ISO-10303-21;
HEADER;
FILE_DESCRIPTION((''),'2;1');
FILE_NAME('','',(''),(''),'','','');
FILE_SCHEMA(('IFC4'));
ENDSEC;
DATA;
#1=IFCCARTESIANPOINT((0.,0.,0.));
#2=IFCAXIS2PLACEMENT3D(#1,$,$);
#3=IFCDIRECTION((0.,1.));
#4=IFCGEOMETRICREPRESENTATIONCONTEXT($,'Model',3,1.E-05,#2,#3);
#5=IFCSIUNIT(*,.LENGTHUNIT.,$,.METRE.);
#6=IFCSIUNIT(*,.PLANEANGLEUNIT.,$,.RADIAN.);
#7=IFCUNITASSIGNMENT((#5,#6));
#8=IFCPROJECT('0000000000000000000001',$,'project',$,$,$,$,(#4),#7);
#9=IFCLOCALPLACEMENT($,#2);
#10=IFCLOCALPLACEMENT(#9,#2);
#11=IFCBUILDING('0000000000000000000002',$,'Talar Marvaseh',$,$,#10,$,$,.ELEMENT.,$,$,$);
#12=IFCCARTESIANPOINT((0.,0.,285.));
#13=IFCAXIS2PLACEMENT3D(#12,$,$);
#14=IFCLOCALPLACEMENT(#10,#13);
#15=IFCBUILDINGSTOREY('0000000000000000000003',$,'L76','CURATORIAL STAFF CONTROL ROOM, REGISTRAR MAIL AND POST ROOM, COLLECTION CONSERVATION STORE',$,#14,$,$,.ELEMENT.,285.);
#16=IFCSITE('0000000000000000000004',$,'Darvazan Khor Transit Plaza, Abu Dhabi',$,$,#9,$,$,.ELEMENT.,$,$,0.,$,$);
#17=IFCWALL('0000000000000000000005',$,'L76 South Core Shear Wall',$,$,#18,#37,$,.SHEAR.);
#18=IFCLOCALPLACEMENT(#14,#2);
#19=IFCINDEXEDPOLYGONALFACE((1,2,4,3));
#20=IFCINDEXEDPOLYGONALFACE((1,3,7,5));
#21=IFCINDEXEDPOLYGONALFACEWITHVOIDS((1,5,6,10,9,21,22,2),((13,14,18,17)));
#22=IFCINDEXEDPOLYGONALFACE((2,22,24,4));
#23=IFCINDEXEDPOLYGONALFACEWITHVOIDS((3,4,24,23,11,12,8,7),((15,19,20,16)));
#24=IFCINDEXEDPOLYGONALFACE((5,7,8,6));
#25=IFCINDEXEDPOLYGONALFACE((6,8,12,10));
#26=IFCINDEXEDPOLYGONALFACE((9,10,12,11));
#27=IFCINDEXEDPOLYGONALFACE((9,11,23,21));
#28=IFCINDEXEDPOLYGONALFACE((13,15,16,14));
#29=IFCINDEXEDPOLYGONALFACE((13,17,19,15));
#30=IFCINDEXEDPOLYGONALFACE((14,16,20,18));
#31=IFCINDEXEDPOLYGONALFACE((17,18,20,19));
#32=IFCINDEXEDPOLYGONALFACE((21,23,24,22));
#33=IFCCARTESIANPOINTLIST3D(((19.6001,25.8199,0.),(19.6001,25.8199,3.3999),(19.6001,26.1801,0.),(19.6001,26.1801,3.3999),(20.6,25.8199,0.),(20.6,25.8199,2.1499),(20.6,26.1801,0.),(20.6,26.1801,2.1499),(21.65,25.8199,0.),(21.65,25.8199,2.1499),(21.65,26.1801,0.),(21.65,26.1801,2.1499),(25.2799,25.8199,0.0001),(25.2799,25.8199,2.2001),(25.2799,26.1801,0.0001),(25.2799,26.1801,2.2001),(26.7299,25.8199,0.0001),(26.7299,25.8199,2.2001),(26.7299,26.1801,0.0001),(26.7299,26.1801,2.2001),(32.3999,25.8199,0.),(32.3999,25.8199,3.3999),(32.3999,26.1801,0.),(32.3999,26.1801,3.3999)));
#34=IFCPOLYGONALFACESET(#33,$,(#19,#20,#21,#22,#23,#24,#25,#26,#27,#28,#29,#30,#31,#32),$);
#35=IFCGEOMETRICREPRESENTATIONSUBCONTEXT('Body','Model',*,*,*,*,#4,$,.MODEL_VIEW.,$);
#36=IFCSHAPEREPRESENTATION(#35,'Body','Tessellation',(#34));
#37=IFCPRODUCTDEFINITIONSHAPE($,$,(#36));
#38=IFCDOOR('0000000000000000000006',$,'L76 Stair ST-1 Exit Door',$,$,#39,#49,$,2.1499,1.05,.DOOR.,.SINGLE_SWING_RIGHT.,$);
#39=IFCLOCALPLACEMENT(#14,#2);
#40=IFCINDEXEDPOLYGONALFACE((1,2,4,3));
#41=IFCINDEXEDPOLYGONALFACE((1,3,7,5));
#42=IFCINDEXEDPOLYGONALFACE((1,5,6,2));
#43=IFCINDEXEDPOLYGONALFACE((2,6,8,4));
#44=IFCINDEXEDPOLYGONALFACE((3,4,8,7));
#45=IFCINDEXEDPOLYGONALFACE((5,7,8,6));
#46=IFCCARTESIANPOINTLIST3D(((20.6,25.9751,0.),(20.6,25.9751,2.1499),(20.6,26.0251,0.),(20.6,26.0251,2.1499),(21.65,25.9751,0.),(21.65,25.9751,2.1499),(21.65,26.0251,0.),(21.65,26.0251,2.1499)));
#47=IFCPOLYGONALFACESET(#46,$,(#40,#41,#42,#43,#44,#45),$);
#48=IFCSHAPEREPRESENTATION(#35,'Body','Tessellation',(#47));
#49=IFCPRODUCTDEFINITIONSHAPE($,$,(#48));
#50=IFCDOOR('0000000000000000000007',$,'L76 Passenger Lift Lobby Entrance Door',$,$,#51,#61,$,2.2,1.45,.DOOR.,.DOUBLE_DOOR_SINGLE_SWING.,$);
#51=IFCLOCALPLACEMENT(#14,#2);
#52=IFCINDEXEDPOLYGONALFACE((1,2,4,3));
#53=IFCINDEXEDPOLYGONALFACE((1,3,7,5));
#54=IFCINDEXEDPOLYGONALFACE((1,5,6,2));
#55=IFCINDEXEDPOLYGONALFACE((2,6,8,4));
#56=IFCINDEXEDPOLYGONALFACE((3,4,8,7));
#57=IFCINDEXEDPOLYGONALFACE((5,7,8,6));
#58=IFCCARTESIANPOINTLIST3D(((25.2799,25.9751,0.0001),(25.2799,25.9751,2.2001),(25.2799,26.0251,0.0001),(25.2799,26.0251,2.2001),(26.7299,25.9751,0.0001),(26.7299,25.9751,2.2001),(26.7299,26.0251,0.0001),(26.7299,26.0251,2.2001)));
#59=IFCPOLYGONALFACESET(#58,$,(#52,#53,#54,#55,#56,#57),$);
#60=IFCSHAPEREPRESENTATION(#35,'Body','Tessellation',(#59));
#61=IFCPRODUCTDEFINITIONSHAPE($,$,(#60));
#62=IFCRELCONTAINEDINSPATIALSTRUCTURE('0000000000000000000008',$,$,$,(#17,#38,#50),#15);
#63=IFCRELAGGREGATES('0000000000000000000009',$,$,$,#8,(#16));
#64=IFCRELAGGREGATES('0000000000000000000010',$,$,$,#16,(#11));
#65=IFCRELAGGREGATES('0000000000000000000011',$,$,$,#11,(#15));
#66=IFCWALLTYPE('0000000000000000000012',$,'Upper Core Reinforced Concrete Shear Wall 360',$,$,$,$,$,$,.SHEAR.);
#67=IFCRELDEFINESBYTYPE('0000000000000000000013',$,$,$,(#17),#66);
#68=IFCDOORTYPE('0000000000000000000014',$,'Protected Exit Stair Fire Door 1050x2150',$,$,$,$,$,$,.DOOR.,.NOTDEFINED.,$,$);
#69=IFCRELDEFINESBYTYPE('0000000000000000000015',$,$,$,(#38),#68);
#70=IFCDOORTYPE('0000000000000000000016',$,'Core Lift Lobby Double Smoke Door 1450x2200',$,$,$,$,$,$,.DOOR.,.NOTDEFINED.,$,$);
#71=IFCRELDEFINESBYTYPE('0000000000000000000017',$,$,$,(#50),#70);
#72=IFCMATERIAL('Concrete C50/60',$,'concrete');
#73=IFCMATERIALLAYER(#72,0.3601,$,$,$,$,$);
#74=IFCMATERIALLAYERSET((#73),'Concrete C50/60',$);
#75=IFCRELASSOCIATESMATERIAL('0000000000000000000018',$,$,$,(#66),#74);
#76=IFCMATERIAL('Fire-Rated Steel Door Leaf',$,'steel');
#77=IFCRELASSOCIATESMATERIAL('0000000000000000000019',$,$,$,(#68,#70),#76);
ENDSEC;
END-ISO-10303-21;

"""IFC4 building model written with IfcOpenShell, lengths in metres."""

from ifc_helpers import new_model, si_unit, direction, frame, frame_2d, origin, place, context, subcontext, project, spatial, rectangle, extrude, source, transform, mapped, material, layer, layer_set, type_object, type_shapes, element, fill, save


model = new_model("IFC4")

# Units and contexts
model_context = context("Model", 3, precision=1e-05, world=origin(), true_north=direction((0.0, 1.0)))
body_context = subcontext(model_context, "Body", "Model", "MODEL_VIEW")
ifc_project = project(units=[si_unit("LENGTHUNIT", "METRE"), si_unit("PLANEANGLEUNIT", "RADIAN")], contexts=[model_context])

# Site, building, storey
site_placement = place(None, origin())
site = spatial("IfcSite", under=ifc_project, at=site_placement, Name="Darvazan Khor Transit Plaza, Abu Dhabi", CompositionType="ELEMENT", RefElevation=0.0)
building_placement = place(site_placement, origin())
building = spatial("IfcBuilding", under=site, at=building_placement, Name="Talar Marvaseh", CompositionType="ELEMENT")
storey_placement = place(building_placement, frame((0.0, 0.0, 285.0)))
storey = spatial("IfcBuildingStorey", under=building, at=storey_placement, Name="L76", Description="CURATORIAL STAFF CONTROL ROOM, REGISTRAR MAIL AND POST ROOM, COLLECTION CONSERVATION STORE", CompositionType="ELEMENT", Elevation=285.0)

# Shared definitions
ifc_material_1 = material(Name="Concrete C50/60", Category="concrete")

# Wall, openings, doors
ifc_layer_1 = layer(ifc_material_1, 0.3601)
ifc_layer_set_1 = layer_set([ifc_layer_1], Name="Concrete C50/60")
wall_type_1 = type_object("IfcWallType", Name="Upper Core Reinforced Concrete Shear Wall 360", PredefinedType="SHEAR", material=ifc_layer_set_1)
wall_1_placement = place(storey_placement, frame((32.3999, 26.0, 0.0), z_axis=(0.0, 0.0, 1.0), x_axis=(-1.0, 0.0, 0.0)))
wall_1 = element("IfcWall", 1, at=wall_1_placement, inside=storey, type_object=wall_type_1, Name="L76 South Core Shear Wall", PredefinedType="SHEAR", context=body_context, shape_type="SweptSolid", body=[
    extrude(rectangle(XDim=12.7998, YDim=0.3601, at=frame_2d((6.3999, 0.0))), origin(), (0.0, 0.0, 1.0), 3.3999),
])
opening_1_placement = place(wall_1_placement, frame((10.75, 0.0, 0.0)))
opening_1 = element("IfcOpeningElement", 2, at=opening_1_placement, cuts=wall_1, PredefinedType="OPENING", context=body_context, shape_type="SweptSolid", body=[
    extrude(rectangle(XDim=1.05, YDim=2.1499, at=frame_2d((0.5249, 1.075))), frame((0.0, 0.1899, 0.0), z_axis=(0.0, -1.0, 0.0), x_axis=(1.0, 0.0, 0.0)), (0.0, 0.0, 1.0), 0.3801),
])
opening_2_placement = place(wall_1_placement, frame((5.6699, 0.0, 0.0)))
opening_2 = element("IfcOpeningElement", 3, at=opening_2_placement, cuts=wall_1, PredefinedType="OPENING", context=body_context, shape_type="SweptSolid", body=[
    extrude(rectangle(XDim=1.45, YDim=2.2, at=frame_2d((0.7251, 1.1001))), frame((0.0, 0.1899, 0.0), z_axis=(0.0, -1.0, 0.0), x_axis=(1.0, 0.0, 0.0)), (0.0, 0.0, 1.0), 0.3801),
])
ifc_material_2 = material(Name="Fire-Rated Steel Door Leaf", Category="steel")
door_type_1 = type_object("IfcDoorType", Name="Protected Exit Stair Fire Door 1050x2150", OperationType="NOTDEFINED", PredefinedType="DOOR", material=ifc_material_2)
shared_shape_1 = source(origin(), body_context, "Body", "SweptSolid", [
    extrude(rectangle(XDim=1.05, YDim=2.1499, at=frame_2d((0.5249, 1.075))), frame((0.0, 0.0249, 0.0), z_axis=(0.0, -1.0, 0.0), x_axis=(1.0, 0.0, 0.0)), (0.0, 0.0, 1.0), 0.05),
])
type_shapes(door_type_1, [shared_shape_1])
door_1_placement = place(opening_1_placement, origin())
door_1 = element("IfcDoor", 4, at=door_1_placement, inside=storey, type_object=door_type_1, Name="L76 Stair ST-1 Exit Door", OperationType="SINGLE_SWING_RIGHT", OverallHeight=2.1499, OverallWidth=1.05, PredefinedType="DOOR", context=body_context, shape_type="MappedRepresentation", body=[
    mapped(shared_shape_1, transform((0.0, 0.0, 0.0), x_axis=(1.0, 0.0, 0.0), y_axis=(0.0, 1.0, 0.0), z_axis=(0.0, 0.0, 1.0), scale=1.0)),
])
fill(opening_1, door_1)
door_type_2 = type_object("IfcDoorType", Name="Core Lift Lobby Double Smoke Door 1450x2200", OperationType="NOTDEFINED", PredefinedType="DOOR", material=ifc_material_2)
shared_shape_2 = source(origin(), body_context, "Body", "SweptSolid", [
    extrude(rectangle(XDim=1.45, YDim=2.2, at=frame_2d((0.7251, 1.1001))), frame((0.0, 0.0249, 0.0), z_axis=(0.0, -1.0, 0.0), x_axis=(1.0, 0.0, 0.0)), (0.0, 0.0, 1.0), 0.05),
])
type_shapes(door_type_2, [shared_shape_2])
door_2_placement = place(opening_2_placement, origin())
door_2 = element("IfcDoor", 5, at=door_2_placement, inside=storey, type_object=door_type_2, Name="L76 Passenger Lift Lobby Entrance Door", OperationType="DOUBLE_DOOR_SINGLE_SWING", OverallHeight=2.2, OverallWidth=1.45, PredefinedType="DOOR", context=body_context, shape_type="MappedRepresentation", body=[
    mapped(shared_shape_2, transform((0.0, 0.0, 0.0), x_axis=(1.0, 0.0, 0.0), y_axis=(0.0, 1.0, 0.0), z_axis=(0.0, 0.0, 1.0), scale=1.0)),
])
fill(opening_2, door_2)

save(model, "model.ifc")
